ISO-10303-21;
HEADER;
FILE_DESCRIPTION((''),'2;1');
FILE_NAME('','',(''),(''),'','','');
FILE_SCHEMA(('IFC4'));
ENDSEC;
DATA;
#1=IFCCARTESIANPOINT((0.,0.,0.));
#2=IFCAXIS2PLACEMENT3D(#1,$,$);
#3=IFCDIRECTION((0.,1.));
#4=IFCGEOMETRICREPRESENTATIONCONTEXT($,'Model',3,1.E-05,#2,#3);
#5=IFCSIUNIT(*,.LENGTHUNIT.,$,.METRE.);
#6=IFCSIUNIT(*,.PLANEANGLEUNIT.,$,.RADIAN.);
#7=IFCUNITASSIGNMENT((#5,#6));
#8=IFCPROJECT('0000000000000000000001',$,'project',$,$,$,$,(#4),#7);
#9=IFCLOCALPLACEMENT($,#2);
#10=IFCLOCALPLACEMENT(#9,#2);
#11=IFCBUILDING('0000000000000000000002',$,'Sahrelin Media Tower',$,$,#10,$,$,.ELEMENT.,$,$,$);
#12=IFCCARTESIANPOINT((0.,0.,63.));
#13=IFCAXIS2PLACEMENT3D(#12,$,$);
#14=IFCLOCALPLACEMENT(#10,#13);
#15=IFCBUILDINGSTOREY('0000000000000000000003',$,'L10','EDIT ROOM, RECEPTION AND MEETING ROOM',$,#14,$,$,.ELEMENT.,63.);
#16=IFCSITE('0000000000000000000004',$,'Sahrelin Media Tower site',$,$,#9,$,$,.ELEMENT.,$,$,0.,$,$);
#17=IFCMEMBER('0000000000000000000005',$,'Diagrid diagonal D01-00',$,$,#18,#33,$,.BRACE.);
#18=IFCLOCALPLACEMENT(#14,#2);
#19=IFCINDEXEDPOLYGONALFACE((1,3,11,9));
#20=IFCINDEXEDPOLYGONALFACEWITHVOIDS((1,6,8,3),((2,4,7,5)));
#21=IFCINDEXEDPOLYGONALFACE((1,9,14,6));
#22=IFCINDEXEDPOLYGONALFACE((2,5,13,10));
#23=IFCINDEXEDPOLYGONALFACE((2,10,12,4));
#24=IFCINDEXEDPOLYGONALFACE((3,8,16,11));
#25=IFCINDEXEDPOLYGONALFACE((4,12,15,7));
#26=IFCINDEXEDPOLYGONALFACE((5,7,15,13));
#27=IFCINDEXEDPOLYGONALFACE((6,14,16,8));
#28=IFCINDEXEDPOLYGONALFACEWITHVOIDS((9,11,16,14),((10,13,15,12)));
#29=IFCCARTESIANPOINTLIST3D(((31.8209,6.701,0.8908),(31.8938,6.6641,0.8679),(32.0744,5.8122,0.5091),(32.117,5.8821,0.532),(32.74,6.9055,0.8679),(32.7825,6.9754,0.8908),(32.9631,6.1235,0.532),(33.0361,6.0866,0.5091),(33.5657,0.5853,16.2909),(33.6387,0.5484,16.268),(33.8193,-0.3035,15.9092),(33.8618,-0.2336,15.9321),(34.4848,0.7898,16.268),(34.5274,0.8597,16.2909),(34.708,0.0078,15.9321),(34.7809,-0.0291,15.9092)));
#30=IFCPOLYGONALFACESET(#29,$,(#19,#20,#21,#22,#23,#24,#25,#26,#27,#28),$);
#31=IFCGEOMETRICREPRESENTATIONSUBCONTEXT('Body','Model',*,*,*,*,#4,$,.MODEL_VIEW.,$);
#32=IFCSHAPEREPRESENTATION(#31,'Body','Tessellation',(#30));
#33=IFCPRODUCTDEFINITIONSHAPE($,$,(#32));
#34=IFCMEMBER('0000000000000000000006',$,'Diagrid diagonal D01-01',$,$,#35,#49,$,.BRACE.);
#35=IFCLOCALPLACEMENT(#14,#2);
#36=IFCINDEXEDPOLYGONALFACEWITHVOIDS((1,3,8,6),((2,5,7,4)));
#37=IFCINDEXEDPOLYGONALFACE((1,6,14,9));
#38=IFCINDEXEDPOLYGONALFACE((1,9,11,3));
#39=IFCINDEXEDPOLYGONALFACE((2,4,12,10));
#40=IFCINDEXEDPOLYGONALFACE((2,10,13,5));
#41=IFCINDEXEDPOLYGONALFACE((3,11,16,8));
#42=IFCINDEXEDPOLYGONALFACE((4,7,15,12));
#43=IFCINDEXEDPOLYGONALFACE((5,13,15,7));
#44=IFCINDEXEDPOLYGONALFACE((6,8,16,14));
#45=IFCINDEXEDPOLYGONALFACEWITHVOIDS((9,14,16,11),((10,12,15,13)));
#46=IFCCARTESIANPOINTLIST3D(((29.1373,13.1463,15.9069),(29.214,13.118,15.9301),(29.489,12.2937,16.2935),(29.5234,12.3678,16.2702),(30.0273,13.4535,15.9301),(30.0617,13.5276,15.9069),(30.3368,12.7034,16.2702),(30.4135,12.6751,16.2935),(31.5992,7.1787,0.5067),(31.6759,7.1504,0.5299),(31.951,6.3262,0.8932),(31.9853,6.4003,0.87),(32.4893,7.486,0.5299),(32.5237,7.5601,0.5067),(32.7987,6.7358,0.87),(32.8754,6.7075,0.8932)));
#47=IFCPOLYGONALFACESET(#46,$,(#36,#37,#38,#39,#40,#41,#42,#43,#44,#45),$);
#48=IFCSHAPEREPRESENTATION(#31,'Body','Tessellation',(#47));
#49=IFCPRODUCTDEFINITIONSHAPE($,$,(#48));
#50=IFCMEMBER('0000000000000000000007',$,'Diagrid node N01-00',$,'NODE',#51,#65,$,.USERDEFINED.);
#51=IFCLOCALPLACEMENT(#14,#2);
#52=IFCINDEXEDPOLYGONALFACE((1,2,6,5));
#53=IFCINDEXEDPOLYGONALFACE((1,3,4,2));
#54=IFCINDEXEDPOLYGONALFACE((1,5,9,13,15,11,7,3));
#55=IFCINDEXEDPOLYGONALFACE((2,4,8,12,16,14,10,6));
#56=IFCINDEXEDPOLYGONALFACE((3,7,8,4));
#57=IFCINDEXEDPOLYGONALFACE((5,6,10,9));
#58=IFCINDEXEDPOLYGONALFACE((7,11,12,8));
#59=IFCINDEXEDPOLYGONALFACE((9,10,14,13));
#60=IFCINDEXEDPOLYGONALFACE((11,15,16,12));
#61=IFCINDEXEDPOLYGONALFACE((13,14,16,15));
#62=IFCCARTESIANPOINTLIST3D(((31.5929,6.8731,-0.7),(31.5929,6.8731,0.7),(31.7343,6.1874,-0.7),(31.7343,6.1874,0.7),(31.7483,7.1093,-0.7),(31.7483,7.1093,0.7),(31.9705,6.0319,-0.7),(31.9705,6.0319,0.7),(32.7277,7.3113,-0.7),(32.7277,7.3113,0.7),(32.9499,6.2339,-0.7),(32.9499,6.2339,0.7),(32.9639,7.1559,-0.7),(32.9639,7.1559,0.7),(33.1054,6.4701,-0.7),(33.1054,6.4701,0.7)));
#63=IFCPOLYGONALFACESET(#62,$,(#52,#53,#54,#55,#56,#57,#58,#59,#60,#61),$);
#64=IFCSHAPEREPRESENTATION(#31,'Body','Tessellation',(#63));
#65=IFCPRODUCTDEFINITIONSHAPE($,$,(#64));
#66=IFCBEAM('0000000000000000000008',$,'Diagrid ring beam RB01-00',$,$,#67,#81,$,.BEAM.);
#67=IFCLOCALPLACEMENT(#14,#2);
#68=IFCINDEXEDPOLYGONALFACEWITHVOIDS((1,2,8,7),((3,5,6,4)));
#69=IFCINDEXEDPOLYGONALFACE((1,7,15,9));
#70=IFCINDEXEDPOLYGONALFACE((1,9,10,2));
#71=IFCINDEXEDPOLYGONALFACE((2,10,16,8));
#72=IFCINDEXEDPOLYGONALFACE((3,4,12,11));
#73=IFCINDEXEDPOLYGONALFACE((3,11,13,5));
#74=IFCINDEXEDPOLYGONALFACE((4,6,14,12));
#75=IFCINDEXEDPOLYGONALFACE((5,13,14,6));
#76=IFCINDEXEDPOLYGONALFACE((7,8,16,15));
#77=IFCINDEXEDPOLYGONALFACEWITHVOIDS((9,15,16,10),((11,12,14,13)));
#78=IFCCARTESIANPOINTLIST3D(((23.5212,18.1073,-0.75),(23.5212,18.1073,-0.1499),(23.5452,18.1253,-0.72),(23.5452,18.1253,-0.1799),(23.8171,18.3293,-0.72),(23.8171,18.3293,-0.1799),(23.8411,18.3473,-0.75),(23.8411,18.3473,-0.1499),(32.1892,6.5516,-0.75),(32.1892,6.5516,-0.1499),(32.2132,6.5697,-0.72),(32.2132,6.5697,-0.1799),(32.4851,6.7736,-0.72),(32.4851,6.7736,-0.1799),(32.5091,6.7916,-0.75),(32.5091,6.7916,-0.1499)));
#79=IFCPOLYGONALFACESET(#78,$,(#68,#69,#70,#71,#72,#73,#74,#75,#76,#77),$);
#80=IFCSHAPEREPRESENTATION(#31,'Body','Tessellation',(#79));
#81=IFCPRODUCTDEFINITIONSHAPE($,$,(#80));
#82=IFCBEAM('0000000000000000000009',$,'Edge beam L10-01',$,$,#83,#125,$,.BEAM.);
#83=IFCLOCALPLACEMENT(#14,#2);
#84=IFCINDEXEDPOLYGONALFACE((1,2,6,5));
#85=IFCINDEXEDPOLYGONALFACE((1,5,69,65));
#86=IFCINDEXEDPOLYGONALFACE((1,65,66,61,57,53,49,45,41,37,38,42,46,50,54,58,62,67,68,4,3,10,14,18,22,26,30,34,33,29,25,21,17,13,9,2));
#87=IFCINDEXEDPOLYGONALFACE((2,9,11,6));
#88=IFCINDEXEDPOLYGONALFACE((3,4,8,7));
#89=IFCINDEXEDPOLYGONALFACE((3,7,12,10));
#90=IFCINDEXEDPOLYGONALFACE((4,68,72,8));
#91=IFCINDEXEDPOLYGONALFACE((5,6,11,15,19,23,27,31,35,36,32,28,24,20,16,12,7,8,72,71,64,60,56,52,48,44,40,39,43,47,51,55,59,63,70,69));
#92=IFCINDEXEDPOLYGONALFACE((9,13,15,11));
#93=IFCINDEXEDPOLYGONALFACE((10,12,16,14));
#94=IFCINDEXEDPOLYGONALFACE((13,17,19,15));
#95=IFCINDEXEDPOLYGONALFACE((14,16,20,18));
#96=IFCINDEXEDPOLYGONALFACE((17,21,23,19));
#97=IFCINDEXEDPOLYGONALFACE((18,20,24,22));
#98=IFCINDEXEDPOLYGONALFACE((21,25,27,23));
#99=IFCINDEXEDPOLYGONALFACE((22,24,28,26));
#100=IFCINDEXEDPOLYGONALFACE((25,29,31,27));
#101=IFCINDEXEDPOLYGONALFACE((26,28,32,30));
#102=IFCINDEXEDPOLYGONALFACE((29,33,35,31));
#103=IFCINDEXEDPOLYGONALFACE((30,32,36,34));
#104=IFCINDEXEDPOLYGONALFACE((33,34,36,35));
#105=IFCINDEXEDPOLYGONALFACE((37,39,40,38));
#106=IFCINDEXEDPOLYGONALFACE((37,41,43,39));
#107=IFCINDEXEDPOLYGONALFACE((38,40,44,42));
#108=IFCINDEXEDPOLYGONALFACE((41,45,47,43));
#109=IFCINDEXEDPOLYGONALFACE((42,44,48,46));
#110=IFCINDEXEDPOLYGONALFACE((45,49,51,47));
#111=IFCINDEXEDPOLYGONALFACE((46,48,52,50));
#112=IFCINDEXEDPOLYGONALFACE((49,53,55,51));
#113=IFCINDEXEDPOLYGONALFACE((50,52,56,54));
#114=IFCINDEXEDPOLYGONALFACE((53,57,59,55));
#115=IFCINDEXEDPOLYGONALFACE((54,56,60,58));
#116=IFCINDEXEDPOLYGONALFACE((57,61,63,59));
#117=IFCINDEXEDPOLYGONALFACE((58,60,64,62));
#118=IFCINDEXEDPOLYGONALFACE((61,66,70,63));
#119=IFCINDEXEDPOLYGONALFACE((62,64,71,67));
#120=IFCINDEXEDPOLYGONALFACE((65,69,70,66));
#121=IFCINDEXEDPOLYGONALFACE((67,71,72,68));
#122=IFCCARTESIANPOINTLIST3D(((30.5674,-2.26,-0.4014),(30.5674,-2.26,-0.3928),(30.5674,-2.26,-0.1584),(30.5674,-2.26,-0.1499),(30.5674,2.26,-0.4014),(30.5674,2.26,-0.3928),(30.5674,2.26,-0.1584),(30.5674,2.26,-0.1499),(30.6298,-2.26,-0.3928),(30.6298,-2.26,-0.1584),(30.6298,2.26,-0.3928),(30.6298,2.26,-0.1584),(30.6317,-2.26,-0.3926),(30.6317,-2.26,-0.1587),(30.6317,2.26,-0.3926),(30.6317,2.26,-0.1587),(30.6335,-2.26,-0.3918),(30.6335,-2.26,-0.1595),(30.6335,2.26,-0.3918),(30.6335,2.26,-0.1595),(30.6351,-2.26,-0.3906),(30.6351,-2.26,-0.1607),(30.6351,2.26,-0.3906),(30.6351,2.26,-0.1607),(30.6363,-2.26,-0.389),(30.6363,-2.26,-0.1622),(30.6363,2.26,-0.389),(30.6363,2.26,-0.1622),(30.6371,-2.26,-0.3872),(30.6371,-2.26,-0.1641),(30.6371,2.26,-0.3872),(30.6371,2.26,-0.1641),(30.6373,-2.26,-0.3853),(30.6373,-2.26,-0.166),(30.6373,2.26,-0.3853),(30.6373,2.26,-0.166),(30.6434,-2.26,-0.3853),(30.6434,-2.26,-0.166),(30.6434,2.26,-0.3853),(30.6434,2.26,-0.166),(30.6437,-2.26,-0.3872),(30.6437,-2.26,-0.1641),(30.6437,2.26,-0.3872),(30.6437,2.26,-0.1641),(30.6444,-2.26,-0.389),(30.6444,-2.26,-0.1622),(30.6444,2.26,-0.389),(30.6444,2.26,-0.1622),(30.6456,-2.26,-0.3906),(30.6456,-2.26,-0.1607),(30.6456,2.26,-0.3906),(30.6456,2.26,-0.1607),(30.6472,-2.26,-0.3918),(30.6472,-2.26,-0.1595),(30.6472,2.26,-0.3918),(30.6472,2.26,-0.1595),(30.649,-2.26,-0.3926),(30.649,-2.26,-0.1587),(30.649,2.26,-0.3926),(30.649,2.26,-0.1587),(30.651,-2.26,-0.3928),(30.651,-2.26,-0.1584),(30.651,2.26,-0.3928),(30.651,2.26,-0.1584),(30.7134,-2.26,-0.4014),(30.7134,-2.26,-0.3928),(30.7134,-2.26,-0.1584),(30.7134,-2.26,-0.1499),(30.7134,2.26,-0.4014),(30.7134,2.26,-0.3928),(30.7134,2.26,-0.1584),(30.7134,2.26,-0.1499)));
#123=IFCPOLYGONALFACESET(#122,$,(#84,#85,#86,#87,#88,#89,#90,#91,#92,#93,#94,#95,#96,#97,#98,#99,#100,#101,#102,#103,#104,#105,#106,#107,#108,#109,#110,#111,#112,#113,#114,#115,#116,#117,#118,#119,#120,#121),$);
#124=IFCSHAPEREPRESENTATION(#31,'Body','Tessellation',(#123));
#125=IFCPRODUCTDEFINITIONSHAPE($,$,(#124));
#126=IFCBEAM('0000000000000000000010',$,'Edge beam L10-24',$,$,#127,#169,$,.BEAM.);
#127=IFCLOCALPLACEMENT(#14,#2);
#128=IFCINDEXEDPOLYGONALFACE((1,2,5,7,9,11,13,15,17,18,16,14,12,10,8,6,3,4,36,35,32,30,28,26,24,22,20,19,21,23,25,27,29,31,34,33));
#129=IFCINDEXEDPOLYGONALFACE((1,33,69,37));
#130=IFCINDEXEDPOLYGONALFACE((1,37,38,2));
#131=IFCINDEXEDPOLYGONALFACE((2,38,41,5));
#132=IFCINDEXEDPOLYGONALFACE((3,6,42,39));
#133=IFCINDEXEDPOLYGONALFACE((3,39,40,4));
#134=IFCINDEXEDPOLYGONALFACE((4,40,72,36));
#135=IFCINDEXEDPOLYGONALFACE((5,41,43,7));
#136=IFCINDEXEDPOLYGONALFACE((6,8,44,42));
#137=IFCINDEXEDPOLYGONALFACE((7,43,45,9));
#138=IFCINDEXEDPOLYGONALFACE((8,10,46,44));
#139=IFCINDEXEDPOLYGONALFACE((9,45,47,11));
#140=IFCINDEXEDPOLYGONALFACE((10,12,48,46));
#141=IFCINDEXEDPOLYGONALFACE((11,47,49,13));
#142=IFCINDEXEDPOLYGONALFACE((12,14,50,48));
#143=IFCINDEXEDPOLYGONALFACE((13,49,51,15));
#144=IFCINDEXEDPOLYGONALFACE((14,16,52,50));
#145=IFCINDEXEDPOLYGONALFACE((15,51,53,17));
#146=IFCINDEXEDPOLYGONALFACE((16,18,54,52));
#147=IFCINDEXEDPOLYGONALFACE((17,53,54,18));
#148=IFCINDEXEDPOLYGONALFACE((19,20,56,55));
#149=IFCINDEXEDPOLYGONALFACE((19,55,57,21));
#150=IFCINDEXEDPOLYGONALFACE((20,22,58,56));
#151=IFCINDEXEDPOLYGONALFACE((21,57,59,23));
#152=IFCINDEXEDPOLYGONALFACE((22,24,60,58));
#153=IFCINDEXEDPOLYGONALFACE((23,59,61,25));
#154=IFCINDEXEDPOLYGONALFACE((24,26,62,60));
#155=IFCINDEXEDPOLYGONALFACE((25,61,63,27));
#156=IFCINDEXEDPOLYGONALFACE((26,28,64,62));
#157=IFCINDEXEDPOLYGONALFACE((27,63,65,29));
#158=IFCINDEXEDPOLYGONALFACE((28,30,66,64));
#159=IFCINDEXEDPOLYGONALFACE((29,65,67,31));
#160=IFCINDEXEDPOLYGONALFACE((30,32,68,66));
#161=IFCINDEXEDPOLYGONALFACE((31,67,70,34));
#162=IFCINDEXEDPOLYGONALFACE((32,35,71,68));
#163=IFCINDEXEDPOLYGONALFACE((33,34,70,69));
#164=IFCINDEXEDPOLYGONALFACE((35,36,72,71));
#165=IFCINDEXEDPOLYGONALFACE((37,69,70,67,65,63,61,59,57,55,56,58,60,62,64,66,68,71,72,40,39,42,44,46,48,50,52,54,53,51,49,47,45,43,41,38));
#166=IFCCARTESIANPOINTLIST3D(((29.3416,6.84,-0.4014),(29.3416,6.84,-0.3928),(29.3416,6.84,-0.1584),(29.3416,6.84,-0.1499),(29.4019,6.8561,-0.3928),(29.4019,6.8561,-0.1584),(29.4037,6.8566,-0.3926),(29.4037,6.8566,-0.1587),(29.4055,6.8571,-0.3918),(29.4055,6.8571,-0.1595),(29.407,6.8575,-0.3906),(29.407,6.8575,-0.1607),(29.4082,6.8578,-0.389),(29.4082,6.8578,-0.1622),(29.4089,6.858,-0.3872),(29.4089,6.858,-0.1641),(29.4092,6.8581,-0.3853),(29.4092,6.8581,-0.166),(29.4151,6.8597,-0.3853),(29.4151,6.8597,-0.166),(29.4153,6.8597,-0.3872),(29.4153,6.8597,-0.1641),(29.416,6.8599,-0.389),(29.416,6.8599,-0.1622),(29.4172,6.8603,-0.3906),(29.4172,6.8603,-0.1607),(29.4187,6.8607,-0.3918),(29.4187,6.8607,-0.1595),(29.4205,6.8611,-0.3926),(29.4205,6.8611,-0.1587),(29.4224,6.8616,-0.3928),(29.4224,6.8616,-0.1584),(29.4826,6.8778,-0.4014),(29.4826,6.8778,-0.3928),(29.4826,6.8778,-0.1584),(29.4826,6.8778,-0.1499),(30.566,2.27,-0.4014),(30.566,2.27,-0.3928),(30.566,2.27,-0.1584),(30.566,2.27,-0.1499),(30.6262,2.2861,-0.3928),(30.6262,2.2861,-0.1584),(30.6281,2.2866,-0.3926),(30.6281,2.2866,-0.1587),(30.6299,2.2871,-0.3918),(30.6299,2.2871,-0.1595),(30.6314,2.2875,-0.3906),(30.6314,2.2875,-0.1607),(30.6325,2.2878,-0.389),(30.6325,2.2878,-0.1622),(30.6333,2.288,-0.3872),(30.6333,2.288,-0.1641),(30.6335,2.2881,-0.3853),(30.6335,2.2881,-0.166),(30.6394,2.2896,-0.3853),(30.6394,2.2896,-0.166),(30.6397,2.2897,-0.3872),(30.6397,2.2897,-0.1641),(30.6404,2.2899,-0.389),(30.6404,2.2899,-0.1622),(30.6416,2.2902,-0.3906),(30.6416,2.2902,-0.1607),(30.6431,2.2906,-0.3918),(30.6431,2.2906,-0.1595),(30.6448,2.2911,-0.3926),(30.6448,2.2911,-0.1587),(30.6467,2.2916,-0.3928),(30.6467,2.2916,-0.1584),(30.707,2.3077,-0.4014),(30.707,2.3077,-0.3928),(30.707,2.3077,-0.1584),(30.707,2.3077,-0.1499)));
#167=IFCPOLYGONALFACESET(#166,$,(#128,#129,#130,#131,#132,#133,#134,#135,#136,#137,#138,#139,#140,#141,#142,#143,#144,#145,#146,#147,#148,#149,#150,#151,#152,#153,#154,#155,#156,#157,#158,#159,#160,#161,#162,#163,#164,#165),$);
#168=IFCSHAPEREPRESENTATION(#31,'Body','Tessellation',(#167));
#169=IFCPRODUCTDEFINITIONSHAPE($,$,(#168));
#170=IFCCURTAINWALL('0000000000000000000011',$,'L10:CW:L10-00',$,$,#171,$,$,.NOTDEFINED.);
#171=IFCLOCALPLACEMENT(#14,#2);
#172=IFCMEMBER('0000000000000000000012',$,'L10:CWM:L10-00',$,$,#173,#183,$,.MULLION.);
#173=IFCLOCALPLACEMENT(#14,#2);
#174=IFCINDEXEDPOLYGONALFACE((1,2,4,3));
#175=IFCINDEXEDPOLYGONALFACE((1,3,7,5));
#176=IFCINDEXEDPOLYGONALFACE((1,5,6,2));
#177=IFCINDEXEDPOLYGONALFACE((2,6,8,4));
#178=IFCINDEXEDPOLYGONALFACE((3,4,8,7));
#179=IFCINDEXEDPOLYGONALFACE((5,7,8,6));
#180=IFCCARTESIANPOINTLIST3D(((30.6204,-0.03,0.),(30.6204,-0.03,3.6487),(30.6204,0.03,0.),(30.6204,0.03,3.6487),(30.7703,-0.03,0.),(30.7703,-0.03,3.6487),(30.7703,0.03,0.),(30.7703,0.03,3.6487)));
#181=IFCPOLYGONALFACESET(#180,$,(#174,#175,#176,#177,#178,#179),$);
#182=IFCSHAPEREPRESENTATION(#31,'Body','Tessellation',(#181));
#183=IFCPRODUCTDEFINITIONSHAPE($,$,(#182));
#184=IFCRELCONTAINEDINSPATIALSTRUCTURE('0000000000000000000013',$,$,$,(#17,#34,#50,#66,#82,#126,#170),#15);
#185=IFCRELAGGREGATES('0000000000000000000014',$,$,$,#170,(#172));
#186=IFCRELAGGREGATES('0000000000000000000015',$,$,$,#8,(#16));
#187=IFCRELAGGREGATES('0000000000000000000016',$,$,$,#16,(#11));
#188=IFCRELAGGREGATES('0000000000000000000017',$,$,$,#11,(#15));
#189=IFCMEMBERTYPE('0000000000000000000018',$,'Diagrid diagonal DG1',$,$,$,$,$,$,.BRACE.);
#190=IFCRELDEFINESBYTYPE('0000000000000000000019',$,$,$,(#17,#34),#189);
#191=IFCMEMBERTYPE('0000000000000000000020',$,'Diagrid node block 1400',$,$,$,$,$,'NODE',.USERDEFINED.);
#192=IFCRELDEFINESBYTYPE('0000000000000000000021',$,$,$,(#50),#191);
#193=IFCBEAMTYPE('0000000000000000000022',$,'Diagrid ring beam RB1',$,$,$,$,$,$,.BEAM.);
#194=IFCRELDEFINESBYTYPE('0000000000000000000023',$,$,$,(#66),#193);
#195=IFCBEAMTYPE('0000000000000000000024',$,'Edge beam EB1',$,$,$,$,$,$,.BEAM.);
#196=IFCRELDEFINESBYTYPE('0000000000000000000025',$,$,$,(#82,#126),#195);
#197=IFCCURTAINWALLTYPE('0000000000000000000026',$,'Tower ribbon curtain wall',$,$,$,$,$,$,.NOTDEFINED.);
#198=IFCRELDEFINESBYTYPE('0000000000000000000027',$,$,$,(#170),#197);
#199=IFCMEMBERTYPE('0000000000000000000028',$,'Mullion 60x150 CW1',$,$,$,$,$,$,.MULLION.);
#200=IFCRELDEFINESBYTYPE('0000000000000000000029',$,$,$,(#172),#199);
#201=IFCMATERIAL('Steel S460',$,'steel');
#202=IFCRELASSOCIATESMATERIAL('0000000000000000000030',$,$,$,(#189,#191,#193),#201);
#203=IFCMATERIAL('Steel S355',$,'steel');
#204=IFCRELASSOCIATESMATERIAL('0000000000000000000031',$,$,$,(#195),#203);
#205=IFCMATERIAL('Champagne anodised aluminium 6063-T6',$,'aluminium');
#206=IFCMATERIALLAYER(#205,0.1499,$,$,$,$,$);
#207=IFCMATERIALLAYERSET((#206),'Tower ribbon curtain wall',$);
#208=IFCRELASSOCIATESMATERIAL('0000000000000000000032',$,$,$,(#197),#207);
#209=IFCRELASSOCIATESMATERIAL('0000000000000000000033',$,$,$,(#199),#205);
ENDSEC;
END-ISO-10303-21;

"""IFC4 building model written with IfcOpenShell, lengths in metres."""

from ifc_helpers import new_model, si_unit, direction, frame, origin, origin_2d, place, context, subcontext, project, spatial, polyline, rectangle, hollow_rectangle, i_section, outline, extrude, material, layer, layer_set, material_profile, profile_set, type_object, element, aggregate, save


model = new_model("IFC4")

# Units and contexts
model_context = context("Model", 3, precision=1e-05, world=origin(), true_north=direction((0.0, 1.0)))
body_context = subcontext(model_context, "Body", "Model", "MODEL_VIEW")
ifc_project = project(units=[si_unit("LENGTHUNIT", "METRE"), si_unit("PLANEANGLEUNIT", "RADIAN")], contexts=[model_context])

# Site, building, storey
site_placement = place(None, origin())
site = spatial("IfcSite", under=ifc_project, at=site_placement, Name="Sahrelin Media Tower site", CompositionType="ELEMENT", RefElevation=0.0)
building_placement = place(site_placement, origin())
building = spatial("IfcBuilding", under=site, at=building_placement, Name="Sahrelin Media Tower", CompositionType="ELEMENT")
storey_placement = place(building_placement, frame((0.0, 0.0, 63.0)))
storey = spatial("IfcBuildingStorey", under=building, at=storey_placement, Name="L10", Description="EDIT ROOM, RECEPTION AND MEETING ROOM", CompositionType="ELEMENT", Elevation=63.0)

# Members
ifc_material_1 = material(Name="Steel S460", Category="steel")
ifc_material_profile_1 = material_profile(ifc_material_1, hollow_rectangle(XDim=1.0, YDim=1.0, WallThickness=0.0601, at=origin_2d()), Name="Diagrid diagonal DG1")
ifc_profile_set_1 = profile_set([ifc_material_profile_1], Name="Steel S460")
member_type_1 = type_object("IfcMemberType", Name="Diagrid diagonal DG1", PredefinedType="BRACE", material=ifc_profile_set_1)
member_1_placement = place(storey_placement, frame((32.4285, 6.3938, 0.7), z_axis=(0.104724, -0.367053, 0.924286), x_axis=(0.961627, 0.274361, 0.0)))
element("IfcMember", 1, at=member_1_placement, inside=storey, type_object=member_type_1, Name="Diagrid diagonal D01-00", PredefinedType="BRACE", context=body_context, shape_type="SweptSolid", body=[
    extrude(hollow_rectangle(XDim=1.0, YDim=1.0, WallThickness=0.0601, at=origin_2d()), origin(), (0.0, 0.0, 1.0), 16.6616),
])
member_2_placement = place(storey_placement, frame((32.2373, 6.9431, 0.7), z_axis=(-0.147434, 0.357371, 0.922252), x_axis=(-0.924422, -0.381372, 0.0)))
element("IfcMember", 2, at=member_2_placement, inside=storey, type_object=member_type_1, Name="Diagrid diagonal D01-01", PredefinedType="BRACE", context=body_context, shape_type="SweptSolid", body=[
    extrude(hollow_rectangle(XDim=1.0, YDim=1.0, WallThickness=0.0601, at=origin_2d()), origin(), (0.0, 0.0, 1.0), 16.6985),
])
ifc_material_profile_2 = material_profile(ifc_material_1, outline(polyline([(0.5, -0.55), (0.7, -0.3501), (0.7, 0.3501), (0.5, 0.55), (-0.5, 0.55), (-0.7, 0.3501), (-0.7, -0.3501), (-0.5, -0.55), (0.5, -0.55)])), Name="Diagrid node block 1400")
ifc_profile_set_2 = profile_set([ifc_material_profile_2], Name="Steel S460")
member_type_2 = type_object("IfcMemberType", Name="Diagrid node block 1400", ElementType="NODE", PredefinedType="USERDEFINED", material=ifc_profile_set_2)
member_3_placement = place(storey_placement, frame((32.3491, 6.6716, -0.7), z_axis=(0.0, 0.0, 1.0), x_axis=(0.979388, 0.201989, 0.0)))
element("IfcMember", 3, at=member_3_placement, inside=storey, type_object=member_type_2, Name="Diagrid node N01-00", ObjectType="NODE", PredefinedType="USERDEFINED", context=body_context, shape_type="SweptSolid", body=[
    extrude(outline(polyline([(0.5, -0.55), (0.7, -0.3501), (0.7, 0.3501), (0.5, 0.55), (-0.5, 0.55), (-0.7, 0.3501), (-0.7, -0.3501), (-0.5, -0.55), (0.5, -0.55)])), origin(), (0.0, 0.0, 1.0), 1.3999),
])

# Beams
ifc_material_profile_3 = material_profile(ifc_material_1, hollow_rectangle(XDim=0.3999, YDim=0.6001, WallThickness=0.03, at=origin_2d()), Name="Diagrid ring beam RB1")
ifc_profile_set_3 = profile_set([ifc_material_profile_3], Name="Steel S460")
beam_type_1 = type_object("IfcBeamType", Name="Diagrid ring beam RB1", PredefinedType="BEAM", material=ifc_profile_set_3)
beam_1_placement = place(storey_placement, frame((32.3491, 6.6716, -0.45), z_axis=(-0.600054, 0.799959, 0.0), x_axis=(-0.799959, -0.600054, 0.0)))
element("IfcBeam", 4, at=beam_1_placement, inside=storey, type_object=beam_type_1, Name="Diagrid ring beam RB01-00", PredefinedType="BEAM", context=body_context, shape_type="SweptSolid", body=[
    extrude(hollow_rectangle(XDim=0.3999, YDim=0.6001, WallThickness=0.03, at=origin_2d()), origin(), (0.0, 0.0, 1.0), 14.4453),
])
ifc_material_2 = material(Name="Steel S355", Category="steel")
ifc_material_profile_4 = material_profile(ifc_material_2, i_section(OverallWidth=0.146, OverallDepth=0.2515, WebThickness=0.0061, FlangeThickness=0.0085, FilletRadius=0.0076, at=origin_2d()), Name="UB 254x146x31")
ifc_profile_set_4 = profile_set([ifc_material_profile_4], Name="Steel S355")
beam_type_2 = type_object("IfcBeamType", Name="Edge beam EB1", PredefinedType="BEAM", material=ifc_profile_set_4)
beam_2_placement = place(storey_placement, frame((30.6404, 2.26, -0.2756), z_axis=(0.0, -1.0, 0.0), x_axis=(1.0, 0.0, 0.0)))
element("IfcBeam", 5, at=beam_2_placement, inside=storey, type_object=beam_type_2, Name="Edge beam L10-01", PredefinedType="BEAM", context=body_context, shape_type="SweptSolid", body=[
    extrude(i_section(OverallWidth=0.146, OverallDepth=0.2515, WebThickness=0.0061, FlangeThickness=0.0085, FilletRadius=0.0076, at=origin_2d()), origin(), (0.0, 0.0, 1.0), 4.52),
])
beam_3_placement = place(storey_placement, frame((29.4121, 6.8589, -0.2756), z_axis=(0.258783, -0.965935, 0.0), x_axis=(0.965935, 0.258783, 0.0)))
element("IfcBeam", 6, at=beam_3_placement, inside=storey, type_object=beam_type_2, Name="Edge beam L10-24", PredefinedType="BEAM", context=body_context, shape_type="SweptSolid", body=[
    extrude(i_section(OverallWidth=0.146, OverallDepth=0.2515, WebThickness=0.0061, FlangeThickness=0.0085, FilletRadius=0.0076, at=origin_2d()), origin(), (0.0, 0.0, 1.0), 4.7312),
])

# Curtain wall, member
ifc_material_3 = material(Name="Champagne anodised aluminium 6063-T6", Category="aluminium")
ifc_layer_1 = layer(ifc_material_3, 0.1499)
ifc_layer_set_1 = layer_set([ifc_layer_1], Name="Tower ribbon curtain wall")
curtain_wall_type = type_object("IfcCurtainWallType", Name="Tower ribbon curtain wall", PredefinedType="NOTDEFINED", material=ifc_layer_set_1)
curtain_wall_1_placement = place(storey_placement, frame((30.7903, 0.0, 0.0), z_axis=(0.0, 0.0, 1.0), x_axis=(1.0, 0.0, 0.0)))
curtain_wall_1 = element("IfcCurtainWall", 7, at=curtain_wall_1_placement, inside=storey, type_object=curtain_wall_type, Name="L10:CW:L10-00", PredefinedType="NOTDEFINED")
ifc_material_profile_5 = material_profile(ifc_material_3, rectangle(XDim=0.0601, YDim=0.1499, at=origin_2d()), Name="Mullion 60x150")
ifc_profile_set_5 = profile_set([ifc_material_profile_5], Name="Champagne anodised aluminium 6063-T6")
member_type_3 = type_object("IfcMemberType", Name="Mullion 60x150 CW1", PredefinedType="MULLION", material=ifc_profile_set_5)
member_4_placement = place(storey_placement, frame((30.6953, 0.0, 0.0), z_axis=(0.0, 0.0, 1.0), x_axis=(0.0, 1.0, 0.0)))
member_4 = element("IfcMember", 8, at=member_4_placement, type_object=member_type_3, Name="L10:CWM:L10-00", PredefinedType="MULLION", context=body_context, shape_type="SweptSolid", body=[
    extrude(rectangle(XDim=0.0601, YDim=0.1499, at=origin_2d()), origin(), (0.0, 0.0, 1.0), 3.6487),
])
aggregate(curtain_wall_1, [member_4])

save(model, "model.ifc")
